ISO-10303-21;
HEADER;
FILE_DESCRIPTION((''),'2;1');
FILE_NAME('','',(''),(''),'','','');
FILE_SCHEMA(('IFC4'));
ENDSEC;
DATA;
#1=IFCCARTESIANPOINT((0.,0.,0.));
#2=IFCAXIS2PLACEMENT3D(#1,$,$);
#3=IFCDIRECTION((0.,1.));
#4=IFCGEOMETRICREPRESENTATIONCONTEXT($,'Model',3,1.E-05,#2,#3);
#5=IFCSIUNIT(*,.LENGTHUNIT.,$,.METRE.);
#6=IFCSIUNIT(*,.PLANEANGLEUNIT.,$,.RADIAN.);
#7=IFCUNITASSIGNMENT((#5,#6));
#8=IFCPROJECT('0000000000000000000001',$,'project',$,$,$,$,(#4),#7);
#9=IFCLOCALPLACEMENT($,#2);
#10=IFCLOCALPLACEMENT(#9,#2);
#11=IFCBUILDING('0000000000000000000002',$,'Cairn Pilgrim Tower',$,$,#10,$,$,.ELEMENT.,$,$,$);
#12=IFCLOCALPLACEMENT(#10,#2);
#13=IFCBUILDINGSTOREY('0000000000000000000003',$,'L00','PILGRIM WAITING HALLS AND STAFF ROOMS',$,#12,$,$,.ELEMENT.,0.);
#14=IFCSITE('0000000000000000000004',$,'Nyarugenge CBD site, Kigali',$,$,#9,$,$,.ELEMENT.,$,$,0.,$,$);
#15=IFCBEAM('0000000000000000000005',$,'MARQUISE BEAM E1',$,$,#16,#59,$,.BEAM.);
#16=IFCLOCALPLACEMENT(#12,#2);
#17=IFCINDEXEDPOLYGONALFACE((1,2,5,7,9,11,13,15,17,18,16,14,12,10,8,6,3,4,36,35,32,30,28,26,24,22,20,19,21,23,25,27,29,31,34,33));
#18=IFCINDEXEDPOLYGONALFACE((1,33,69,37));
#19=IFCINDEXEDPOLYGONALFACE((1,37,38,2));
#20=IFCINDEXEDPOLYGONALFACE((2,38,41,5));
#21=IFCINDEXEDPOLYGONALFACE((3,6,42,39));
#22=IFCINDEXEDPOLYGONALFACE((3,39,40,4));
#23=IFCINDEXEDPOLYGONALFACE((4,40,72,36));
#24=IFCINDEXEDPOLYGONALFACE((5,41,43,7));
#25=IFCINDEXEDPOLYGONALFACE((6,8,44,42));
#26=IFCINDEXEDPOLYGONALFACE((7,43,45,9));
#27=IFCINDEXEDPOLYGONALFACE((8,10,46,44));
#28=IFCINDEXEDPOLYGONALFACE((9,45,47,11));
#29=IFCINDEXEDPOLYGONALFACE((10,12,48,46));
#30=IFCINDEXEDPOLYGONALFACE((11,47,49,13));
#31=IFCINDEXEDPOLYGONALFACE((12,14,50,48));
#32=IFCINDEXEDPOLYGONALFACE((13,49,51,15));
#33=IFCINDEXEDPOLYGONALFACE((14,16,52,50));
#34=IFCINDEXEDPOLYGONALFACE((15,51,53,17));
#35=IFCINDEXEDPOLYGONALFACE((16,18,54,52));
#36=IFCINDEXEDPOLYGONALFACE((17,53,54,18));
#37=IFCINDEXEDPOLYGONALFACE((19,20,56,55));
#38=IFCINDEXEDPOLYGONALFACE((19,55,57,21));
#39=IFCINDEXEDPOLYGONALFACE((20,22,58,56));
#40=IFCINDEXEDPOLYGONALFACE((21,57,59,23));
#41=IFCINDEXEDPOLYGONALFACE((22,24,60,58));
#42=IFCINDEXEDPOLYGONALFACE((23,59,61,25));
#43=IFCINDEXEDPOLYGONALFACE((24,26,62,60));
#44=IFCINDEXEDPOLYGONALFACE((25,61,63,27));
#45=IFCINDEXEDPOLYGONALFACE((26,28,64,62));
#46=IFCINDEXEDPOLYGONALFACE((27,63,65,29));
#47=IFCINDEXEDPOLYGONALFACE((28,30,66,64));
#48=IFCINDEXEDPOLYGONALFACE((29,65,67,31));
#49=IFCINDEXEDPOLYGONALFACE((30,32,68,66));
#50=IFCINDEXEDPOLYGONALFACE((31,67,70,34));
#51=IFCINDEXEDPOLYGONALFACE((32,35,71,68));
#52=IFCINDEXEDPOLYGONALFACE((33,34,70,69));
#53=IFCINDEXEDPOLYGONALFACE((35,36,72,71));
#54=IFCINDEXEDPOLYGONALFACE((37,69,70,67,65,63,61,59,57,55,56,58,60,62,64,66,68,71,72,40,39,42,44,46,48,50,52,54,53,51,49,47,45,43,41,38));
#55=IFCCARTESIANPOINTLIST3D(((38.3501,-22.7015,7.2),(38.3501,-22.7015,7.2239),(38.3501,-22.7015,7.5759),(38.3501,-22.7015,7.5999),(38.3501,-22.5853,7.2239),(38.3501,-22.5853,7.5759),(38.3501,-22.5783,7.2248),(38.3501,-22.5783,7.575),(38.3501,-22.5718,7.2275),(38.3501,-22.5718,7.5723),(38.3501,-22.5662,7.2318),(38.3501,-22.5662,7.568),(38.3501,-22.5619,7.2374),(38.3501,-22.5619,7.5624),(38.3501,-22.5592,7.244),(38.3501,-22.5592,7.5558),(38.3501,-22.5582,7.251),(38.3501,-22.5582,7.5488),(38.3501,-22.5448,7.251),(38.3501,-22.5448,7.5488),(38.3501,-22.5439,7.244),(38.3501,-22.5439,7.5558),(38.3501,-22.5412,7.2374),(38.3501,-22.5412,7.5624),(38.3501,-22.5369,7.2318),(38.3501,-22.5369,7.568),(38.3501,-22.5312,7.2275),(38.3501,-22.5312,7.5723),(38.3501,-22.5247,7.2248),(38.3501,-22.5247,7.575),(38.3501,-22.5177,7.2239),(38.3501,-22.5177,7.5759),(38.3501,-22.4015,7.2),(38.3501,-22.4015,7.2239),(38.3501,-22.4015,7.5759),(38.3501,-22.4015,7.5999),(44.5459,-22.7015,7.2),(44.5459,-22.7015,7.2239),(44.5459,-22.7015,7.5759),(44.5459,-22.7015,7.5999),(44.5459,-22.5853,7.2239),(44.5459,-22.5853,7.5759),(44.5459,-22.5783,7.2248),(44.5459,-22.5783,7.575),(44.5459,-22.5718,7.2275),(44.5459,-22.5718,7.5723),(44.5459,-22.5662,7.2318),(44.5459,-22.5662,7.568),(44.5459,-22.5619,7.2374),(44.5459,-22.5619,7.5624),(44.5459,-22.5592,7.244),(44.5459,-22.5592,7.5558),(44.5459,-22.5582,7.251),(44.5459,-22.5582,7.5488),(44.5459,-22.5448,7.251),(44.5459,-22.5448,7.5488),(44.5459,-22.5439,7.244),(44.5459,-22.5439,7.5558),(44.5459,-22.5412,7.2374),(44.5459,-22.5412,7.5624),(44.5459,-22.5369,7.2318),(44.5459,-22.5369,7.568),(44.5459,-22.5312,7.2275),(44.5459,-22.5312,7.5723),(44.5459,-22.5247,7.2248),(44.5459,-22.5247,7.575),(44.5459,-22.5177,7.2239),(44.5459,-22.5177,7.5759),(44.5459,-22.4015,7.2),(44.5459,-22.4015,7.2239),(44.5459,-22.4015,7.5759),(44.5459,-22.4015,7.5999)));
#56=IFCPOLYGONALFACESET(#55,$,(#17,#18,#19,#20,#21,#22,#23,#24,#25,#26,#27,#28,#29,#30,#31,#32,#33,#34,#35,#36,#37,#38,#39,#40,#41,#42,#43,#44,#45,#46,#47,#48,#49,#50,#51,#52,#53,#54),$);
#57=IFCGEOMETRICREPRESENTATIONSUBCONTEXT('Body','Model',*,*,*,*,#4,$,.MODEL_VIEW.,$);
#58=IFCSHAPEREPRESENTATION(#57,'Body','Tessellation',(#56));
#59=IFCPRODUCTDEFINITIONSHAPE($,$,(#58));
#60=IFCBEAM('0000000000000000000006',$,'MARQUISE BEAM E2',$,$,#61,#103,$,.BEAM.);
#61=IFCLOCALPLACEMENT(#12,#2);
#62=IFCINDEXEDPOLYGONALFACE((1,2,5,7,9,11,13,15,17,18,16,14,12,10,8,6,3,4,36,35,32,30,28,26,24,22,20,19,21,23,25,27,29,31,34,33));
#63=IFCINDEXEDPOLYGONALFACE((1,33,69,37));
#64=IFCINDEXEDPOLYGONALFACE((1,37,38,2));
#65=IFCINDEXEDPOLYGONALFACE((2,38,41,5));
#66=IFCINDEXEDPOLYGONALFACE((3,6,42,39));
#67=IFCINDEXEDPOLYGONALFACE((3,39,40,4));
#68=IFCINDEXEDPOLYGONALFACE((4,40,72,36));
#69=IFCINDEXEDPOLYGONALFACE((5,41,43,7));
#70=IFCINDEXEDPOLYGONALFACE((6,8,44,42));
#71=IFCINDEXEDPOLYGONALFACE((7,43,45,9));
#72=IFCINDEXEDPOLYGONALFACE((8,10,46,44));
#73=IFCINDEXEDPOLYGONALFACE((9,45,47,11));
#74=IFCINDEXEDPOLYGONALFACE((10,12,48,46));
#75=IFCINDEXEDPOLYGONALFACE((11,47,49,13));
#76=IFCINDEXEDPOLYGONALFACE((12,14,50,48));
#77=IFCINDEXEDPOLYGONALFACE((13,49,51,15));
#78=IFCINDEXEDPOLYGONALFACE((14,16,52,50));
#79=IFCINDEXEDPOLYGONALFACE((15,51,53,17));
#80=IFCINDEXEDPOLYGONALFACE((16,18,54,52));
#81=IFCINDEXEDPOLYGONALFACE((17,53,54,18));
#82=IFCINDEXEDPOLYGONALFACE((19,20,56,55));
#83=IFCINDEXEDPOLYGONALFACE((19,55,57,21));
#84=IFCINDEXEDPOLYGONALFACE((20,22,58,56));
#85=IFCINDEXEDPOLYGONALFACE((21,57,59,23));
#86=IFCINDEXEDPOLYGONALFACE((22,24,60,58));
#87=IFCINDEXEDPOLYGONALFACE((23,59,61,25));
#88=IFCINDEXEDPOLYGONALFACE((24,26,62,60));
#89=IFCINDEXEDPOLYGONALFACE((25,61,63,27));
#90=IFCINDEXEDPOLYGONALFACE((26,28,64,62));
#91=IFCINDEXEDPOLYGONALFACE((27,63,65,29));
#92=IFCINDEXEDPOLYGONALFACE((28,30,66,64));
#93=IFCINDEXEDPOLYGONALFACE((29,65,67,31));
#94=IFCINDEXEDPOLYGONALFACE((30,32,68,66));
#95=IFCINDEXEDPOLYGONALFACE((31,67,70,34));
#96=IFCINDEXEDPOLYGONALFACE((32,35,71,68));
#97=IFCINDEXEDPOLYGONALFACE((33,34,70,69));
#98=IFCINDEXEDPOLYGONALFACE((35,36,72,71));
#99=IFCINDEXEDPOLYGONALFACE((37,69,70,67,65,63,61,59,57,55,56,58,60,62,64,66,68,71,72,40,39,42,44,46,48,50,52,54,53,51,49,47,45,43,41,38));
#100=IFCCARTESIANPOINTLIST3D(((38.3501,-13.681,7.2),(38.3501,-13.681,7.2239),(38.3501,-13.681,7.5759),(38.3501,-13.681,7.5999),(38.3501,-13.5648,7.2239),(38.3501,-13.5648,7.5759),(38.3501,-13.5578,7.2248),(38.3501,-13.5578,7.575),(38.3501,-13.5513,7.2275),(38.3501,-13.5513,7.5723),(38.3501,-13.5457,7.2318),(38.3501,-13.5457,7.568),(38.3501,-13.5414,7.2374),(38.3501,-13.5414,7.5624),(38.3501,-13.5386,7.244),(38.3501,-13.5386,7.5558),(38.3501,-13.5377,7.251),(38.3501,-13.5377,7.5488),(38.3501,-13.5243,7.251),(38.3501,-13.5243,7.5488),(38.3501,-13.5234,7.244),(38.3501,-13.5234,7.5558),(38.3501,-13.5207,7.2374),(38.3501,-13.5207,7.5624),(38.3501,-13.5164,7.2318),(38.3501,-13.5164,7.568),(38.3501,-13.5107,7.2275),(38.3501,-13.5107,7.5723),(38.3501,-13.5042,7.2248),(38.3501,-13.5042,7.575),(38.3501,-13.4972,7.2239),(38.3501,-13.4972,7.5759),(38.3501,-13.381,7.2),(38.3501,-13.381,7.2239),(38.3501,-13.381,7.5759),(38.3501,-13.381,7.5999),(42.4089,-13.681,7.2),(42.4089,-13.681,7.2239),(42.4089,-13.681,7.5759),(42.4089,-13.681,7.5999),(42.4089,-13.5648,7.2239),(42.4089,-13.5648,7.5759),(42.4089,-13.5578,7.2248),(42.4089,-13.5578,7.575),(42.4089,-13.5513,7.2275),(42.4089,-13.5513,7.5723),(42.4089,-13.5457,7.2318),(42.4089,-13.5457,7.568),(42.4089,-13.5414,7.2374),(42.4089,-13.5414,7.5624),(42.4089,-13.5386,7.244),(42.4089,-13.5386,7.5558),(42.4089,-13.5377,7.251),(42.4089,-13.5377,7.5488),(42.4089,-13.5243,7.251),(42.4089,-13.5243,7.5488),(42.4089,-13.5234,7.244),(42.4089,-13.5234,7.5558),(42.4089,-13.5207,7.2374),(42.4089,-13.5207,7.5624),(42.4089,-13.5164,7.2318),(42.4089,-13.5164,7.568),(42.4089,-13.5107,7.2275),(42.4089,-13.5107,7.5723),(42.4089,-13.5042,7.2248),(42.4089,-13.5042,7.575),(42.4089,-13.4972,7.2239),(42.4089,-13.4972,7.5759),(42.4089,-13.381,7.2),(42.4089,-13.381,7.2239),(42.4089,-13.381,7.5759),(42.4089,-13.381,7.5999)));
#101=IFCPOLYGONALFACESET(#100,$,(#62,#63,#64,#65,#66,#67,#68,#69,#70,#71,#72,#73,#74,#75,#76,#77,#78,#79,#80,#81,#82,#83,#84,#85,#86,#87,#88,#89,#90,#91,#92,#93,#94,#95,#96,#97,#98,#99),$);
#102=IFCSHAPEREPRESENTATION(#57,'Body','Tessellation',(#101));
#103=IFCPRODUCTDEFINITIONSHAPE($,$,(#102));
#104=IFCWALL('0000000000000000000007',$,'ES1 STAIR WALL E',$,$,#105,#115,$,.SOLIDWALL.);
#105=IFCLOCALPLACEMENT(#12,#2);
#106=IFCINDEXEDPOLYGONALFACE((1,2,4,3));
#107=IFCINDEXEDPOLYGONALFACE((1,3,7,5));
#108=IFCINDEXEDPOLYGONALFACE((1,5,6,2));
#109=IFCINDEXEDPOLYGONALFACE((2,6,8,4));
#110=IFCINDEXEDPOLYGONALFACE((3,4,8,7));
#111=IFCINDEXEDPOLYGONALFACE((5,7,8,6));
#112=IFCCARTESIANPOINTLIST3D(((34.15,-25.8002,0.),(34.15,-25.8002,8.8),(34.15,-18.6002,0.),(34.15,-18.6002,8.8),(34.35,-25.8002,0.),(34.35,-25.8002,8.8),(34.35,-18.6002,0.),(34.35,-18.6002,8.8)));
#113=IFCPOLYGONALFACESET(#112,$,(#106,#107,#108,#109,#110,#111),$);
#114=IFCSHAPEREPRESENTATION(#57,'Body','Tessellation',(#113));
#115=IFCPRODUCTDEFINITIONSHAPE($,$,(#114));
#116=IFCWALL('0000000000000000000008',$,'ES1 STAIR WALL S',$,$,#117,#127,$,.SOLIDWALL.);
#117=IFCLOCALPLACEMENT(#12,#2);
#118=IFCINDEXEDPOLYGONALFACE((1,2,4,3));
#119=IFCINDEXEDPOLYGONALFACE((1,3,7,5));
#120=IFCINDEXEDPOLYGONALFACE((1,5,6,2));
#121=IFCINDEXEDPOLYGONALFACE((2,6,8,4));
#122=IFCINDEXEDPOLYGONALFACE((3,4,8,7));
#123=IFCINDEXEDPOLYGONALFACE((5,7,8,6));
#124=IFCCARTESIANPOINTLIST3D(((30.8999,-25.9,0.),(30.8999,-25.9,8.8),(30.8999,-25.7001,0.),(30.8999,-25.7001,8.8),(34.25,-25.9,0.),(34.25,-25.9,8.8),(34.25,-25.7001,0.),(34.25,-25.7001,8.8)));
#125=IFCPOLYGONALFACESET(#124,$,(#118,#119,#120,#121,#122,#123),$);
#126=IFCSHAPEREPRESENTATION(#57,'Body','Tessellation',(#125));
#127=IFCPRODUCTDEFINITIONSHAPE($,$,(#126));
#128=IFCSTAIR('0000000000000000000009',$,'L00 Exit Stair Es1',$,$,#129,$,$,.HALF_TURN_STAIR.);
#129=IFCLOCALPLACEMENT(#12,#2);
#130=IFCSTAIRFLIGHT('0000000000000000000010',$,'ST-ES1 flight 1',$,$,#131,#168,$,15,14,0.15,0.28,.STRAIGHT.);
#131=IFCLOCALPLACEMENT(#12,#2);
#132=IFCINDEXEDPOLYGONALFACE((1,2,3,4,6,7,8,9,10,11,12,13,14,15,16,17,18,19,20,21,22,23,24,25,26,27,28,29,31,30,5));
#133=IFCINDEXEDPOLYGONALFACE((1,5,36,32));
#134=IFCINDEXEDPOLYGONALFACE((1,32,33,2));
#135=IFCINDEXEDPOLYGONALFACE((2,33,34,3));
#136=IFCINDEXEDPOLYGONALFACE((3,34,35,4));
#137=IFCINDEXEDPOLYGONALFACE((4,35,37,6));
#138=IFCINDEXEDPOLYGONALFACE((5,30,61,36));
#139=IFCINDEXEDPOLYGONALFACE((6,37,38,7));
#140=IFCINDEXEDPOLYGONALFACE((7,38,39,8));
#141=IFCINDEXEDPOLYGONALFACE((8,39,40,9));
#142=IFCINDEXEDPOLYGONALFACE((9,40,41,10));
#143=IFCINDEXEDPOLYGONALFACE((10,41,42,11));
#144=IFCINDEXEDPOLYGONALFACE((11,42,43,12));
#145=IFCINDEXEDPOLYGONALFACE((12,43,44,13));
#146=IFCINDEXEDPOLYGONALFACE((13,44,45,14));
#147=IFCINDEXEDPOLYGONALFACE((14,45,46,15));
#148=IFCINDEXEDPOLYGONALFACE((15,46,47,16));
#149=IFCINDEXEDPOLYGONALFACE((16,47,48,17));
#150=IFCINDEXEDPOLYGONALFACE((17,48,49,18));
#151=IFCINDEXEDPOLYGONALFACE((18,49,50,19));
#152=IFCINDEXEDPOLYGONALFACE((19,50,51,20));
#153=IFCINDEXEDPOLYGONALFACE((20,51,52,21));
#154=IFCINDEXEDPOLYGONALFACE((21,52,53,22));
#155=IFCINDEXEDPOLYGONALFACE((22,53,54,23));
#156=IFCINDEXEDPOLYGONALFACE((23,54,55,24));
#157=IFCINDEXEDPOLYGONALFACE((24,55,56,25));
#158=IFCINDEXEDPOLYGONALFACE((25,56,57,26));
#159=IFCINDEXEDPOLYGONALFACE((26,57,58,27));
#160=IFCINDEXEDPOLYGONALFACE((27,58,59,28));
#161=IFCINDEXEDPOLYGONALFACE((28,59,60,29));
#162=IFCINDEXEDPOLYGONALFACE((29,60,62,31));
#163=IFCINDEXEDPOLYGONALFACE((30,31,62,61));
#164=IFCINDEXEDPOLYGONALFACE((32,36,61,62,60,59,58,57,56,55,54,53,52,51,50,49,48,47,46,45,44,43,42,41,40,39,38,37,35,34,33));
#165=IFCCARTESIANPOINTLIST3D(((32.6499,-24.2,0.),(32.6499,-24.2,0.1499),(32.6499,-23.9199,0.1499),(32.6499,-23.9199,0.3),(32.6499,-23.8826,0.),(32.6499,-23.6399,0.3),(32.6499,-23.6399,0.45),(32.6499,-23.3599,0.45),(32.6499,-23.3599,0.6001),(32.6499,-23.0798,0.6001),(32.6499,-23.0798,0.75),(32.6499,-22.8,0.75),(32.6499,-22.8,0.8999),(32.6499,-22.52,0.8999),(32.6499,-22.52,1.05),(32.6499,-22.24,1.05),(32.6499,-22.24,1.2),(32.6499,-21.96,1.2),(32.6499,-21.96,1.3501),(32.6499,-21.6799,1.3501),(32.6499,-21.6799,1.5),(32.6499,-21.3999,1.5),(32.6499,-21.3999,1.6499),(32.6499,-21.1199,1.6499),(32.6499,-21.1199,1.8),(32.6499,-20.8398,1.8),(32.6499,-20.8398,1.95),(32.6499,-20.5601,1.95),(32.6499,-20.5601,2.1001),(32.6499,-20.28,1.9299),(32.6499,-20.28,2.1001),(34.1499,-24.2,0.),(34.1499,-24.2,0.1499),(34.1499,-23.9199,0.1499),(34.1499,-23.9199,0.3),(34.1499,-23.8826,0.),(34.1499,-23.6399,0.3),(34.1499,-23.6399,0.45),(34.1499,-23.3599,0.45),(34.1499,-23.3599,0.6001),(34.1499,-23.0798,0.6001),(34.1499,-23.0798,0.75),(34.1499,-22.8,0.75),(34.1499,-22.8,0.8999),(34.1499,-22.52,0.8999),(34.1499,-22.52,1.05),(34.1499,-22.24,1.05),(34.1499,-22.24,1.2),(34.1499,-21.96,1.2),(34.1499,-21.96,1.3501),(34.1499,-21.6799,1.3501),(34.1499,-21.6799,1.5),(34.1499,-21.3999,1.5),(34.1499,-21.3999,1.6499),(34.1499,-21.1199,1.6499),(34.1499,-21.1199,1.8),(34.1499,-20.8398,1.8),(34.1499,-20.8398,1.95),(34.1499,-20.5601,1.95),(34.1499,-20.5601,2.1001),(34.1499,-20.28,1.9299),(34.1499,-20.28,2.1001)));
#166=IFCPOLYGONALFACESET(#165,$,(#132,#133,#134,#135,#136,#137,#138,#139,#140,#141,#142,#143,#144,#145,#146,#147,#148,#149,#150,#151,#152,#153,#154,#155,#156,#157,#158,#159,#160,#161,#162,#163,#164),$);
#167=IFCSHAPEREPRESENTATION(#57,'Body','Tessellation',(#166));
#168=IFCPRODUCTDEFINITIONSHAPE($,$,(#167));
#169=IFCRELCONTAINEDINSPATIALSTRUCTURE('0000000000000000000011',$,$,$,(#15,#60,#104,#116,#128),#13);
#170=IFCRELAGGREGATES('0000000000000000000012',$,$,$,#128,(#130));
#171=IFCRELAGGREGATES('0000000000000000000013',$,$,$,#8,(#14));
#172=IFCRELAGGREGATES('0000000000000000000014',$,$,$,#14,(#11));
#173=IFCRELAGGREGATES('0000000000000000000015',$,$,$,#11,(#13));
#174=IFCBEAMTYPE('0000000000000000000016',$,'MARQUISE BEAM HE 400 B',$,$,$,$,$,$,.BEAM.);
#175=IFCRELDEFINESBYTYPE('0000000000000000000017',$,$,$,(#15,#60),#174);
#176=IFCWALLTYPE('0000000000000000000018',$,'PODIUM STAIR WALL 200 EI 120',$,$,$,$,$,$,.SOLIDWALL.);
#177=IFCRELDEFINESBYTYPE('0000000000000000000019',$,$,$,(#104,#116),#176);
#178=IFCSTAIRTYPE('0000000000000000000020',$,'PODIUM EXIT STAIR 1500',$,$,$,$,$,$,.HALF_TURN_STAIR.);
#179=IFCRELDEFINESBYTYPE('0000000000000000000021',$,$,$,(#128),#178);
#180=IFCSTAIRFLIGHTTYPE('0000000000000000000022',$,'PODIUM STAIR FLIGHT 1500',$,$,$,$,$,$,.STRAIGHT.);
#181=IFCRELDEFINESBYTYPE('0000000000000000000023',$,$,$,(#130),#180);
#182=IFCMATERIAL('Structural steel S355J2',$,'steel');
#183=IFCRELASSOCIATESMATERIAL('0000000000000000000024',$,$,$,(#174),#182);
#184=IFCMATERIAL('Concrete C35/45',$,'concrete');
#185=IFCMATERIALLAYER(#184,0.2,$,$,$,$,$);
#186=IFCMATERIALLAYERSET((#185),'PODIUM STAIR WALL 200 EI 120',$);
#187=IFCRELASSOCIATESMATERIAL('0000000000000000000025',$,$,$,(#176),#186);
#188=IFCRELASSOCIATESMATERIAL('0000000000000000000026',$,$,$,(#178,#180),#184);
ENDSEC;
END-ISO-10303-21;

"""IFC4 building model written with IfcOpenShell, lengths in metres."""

from ifc_helpers import new_model, si_unit, direction, frame, frame_2d, origin, origin_2d, place, context, subcontext, project, spatial, polyline, rectangle, i_section, outline, extrude, material, layer, layer_set, material_profile, profile_set, type_object, element, aggregate, save


model = new_model("IFC4")

# Units and contexts
model_context = context("Model", 3, precision=1e-05, world=origin(), true_north=direction((0.0, 1.0)))
body_context = subcontext(model_context, "Body", "Model", "MODEL_VIEW")
ifc_project = project(units=[si_unit("LENGTHUNIT", "METRE"), si_unit("PLANEANGLEUNIT", "RADIAN")], contexts=[model_context])

# Site, building, storey
site_placement = place(None, origin())
site = spatial("IfcSite", under=ifc_project, at=site_placement, Name="Nyarugenge CBD site, Kigali", CompositionType="ELEMENT", RefElevation=0.0)
building_placement = place(site_placement, origin())
building = spatial("IfcBuilding", under=site, at=building_placement, Name="Cairn Pilgrim Tower", CompositionType="ELEMENT")
storey_placement = place(building_placement, origin())
storey = spatial("IfcBuildingStorey", under=building, at=storey_placement, Name="L00", Description="PILGRIM WAITING HALLS AND STAFF ROOMS", CompositionType="ELEMENT", Elevation=0.0)

# Shared definitions
ifc_material_1 = material(Name="Concrete C35/45", Category="concrete")

# Shared definitions
ifc_material_2 = material(Name="Structural steel S355J2", Category="steel")

# Beams
ifc_material_profile_1 = material_profile(ifc_material_2, i_section(OverallWidth=0.3, OverallDepth=0.3999, WebThickness=0.0134, FlangeThickness=0.0239, FilletRadius=0.0271, at=origin_2d()), Name="HE 400 B")
ifc_profile_set_1 = profile_set([ifc_material_profile_1], Name="Structural steel S355J2")
beam_type = type_object("IfcBeamType", Name="MARQUISE BEAM HE 400 B", PredefinedType="BEAM", material=ifc_profile_set_1)
beam_1_placement = place(storey_placement, frame((38.3501, -22.5515, 7.3999), z_axis=(1.0, 0.0, 0.0), x_axis=(0.0, 1.0, 0.0)))
element("IfcBeam", 1, at=beam_1_placement, inside=storey, type_object=beam_type, Name="MARQUISE BEAM E1", PredefinedType="BEAM", context=body_context, shape_type="SweptSolid", body=[
    extrude(i_section(OverallWidth=0.3, OverallDepth=0.3999, WebThickness=0.0134, FlangeThickness=0.0239, FilletRadius=0.0271, at=origin_2d()), origin(), (0.0, 0.0, 1.0), 6.1958),
])
beam_2_placement = place(storey_placement, frame((38.3501, -13.531, 7.3999), z_axis=(1.0, 0.0, 0.0), x_axis=(0.0, 1.0, 0.0)))
element("IfcBeam", 2, at=beam_2_placement, inside=storey, type_object=beam_type, Name="MARQUISE BEAM E2", PredefinedType="BEAM", context=body_context, shape_type="SweptSolid", body=[
    extrude(i_section(OverallWidth=0.3, OverallDepth=0.3999, WebThickness=0.0134, FlangeThickness=0.0239, FilletRadius=0.0271, at=origin_2d()), origin(), (0.0, 0.0, 1.0), 4.0588),
])

# Walls
ifc_layer = layer(ifc_material_1, 0.2)
ifc_layer_set = layer_set([ifc_layer], Name="PODIUM STAIR WALL 200 EI 120")
wall_type = type_object("IfcWallType", Name="PODIUM STAIR WALL 200 EI 120", PredefinedType="SOLIDWALL", material=ifc_layer_set)
wall_1_placement = place(storey_placement, frame((34.25, -18.6001, 0.0), z_axis=(0.0, 0.0, 1.0), x_axis=(0.0, -1.0, 0.0)))
element("IfcWall", 3, at=wall_1_placement, inside=storey, type_object=wall_type, Name="ES1 STAIR WALL E", PredefinedType="SOLIDWALL", context=body_context, shape_type="SweptSolid", body=[
    extrude(rectangle(XDim=7.2, YDim=0.2, at=frame_2d((3.6001, 0.0))), origin(), (0.0, 0.0, 1.0), 8.8),
])
wall_2_placement = place(storey_placement, frame((34.25, -25.8, 0.0), z_axis=(0.0, 0.0, 1.0), x_axis=(-1.0, 0.0, 0.0)))
element("IfcWall", 4, at=wall_2_placement, inside=storey, type_object=wall_type, Name="ES1 STAIR WALL S", PredefinedType="SOLIDWALL", context=body_context, shape_type="SweptSolid", body=[
    extrude(rectangle(XDim=3.3501, YDim=0.2, at=frame_2d((1.675, 0.0))), origin(), (0.0, 0.0, 1.0), 8.8),
])

# Stair, stair flight
stair_type = type_object("IfcStairType", Name="PODIUM EXIT STAIR 1500", PredefinedType="HALF_TURN_STAIR", material=ifc_material_1)
stair_placement = place(storey_placement, origin())
stair = element("IfcStair", 5, at=stair_placement, inside=storey, type_object=stair_type, Name="L00 Exit Stair Es1", PredefinedType="HALF_TURN_STAIR")
stair_flight_type = type_object("IfcStairFlightType", Name="PODIUM STAIR FLIGHT 1500", PredefinedType="STRAIGHT", material=ifc_material_1)
stair_flight_1_placement = place(storey_placement, frame((33.3999, -24.2, 0.0), z_axis=(0.0, 0.0, 1.0), x_axis=(0.0, 1.0, 0.0)))
stair_flight_1 = element("IfcStairFlight", 6, at=stair_flight_1_placement, type_object=stair_flight_type, Name="ST-ES1 flight 1", NumberOfRisers=15, NumberOfTreads=14, PredefinedType="STRAIGHT", RiserHeight=0.15, TreadLength=0.28, context=body_context, shape_type="SweptSolid", body=[
    extrude(outline(polyline([(0.0, 0.0), (0.0, 0.1499), (0.28, 0.1499), (0.28, 0.3), (0.5601, 0.3), (0.5601, 0.45), (0.8401, 0.45), (0.8401, 0.6001), (1.1201, 0.6001), (1.1201, 0.75), (1.3999, 0.75), (1.3999, 0.8999), (1.6799, 0.8999), (1.6799, 1.05), (1.96, 1.05), (1.96, 1.2), (2.24, 1.2), (2.24, 1.3501), (2.52, 1.3501), (2.52, 1.5), (2.8, 1.5), (2.8, 1.6499), (3.0801, 1.6499), (3.0801, 1.8), (3.3601, 1.8), (3.3601, 1.95), (3.6399, 1.95), (3.6399, 2.1001), (3.9199, 2.1001), (3.9199, 2.25), (3.9199, 1.9299), (0.3174, 0.0), (0.0, 0.0)])), frame((0.0, 0.75, 0.0), z_axis=(0.0, -1.0, 0.0), x_axis=(1.0, 0.0, 0.0)), (0.0, 0.0, 1.0), 1.5),
])
aggregate(stair, [stair_flight_1])

save(model, "model.ifc")
